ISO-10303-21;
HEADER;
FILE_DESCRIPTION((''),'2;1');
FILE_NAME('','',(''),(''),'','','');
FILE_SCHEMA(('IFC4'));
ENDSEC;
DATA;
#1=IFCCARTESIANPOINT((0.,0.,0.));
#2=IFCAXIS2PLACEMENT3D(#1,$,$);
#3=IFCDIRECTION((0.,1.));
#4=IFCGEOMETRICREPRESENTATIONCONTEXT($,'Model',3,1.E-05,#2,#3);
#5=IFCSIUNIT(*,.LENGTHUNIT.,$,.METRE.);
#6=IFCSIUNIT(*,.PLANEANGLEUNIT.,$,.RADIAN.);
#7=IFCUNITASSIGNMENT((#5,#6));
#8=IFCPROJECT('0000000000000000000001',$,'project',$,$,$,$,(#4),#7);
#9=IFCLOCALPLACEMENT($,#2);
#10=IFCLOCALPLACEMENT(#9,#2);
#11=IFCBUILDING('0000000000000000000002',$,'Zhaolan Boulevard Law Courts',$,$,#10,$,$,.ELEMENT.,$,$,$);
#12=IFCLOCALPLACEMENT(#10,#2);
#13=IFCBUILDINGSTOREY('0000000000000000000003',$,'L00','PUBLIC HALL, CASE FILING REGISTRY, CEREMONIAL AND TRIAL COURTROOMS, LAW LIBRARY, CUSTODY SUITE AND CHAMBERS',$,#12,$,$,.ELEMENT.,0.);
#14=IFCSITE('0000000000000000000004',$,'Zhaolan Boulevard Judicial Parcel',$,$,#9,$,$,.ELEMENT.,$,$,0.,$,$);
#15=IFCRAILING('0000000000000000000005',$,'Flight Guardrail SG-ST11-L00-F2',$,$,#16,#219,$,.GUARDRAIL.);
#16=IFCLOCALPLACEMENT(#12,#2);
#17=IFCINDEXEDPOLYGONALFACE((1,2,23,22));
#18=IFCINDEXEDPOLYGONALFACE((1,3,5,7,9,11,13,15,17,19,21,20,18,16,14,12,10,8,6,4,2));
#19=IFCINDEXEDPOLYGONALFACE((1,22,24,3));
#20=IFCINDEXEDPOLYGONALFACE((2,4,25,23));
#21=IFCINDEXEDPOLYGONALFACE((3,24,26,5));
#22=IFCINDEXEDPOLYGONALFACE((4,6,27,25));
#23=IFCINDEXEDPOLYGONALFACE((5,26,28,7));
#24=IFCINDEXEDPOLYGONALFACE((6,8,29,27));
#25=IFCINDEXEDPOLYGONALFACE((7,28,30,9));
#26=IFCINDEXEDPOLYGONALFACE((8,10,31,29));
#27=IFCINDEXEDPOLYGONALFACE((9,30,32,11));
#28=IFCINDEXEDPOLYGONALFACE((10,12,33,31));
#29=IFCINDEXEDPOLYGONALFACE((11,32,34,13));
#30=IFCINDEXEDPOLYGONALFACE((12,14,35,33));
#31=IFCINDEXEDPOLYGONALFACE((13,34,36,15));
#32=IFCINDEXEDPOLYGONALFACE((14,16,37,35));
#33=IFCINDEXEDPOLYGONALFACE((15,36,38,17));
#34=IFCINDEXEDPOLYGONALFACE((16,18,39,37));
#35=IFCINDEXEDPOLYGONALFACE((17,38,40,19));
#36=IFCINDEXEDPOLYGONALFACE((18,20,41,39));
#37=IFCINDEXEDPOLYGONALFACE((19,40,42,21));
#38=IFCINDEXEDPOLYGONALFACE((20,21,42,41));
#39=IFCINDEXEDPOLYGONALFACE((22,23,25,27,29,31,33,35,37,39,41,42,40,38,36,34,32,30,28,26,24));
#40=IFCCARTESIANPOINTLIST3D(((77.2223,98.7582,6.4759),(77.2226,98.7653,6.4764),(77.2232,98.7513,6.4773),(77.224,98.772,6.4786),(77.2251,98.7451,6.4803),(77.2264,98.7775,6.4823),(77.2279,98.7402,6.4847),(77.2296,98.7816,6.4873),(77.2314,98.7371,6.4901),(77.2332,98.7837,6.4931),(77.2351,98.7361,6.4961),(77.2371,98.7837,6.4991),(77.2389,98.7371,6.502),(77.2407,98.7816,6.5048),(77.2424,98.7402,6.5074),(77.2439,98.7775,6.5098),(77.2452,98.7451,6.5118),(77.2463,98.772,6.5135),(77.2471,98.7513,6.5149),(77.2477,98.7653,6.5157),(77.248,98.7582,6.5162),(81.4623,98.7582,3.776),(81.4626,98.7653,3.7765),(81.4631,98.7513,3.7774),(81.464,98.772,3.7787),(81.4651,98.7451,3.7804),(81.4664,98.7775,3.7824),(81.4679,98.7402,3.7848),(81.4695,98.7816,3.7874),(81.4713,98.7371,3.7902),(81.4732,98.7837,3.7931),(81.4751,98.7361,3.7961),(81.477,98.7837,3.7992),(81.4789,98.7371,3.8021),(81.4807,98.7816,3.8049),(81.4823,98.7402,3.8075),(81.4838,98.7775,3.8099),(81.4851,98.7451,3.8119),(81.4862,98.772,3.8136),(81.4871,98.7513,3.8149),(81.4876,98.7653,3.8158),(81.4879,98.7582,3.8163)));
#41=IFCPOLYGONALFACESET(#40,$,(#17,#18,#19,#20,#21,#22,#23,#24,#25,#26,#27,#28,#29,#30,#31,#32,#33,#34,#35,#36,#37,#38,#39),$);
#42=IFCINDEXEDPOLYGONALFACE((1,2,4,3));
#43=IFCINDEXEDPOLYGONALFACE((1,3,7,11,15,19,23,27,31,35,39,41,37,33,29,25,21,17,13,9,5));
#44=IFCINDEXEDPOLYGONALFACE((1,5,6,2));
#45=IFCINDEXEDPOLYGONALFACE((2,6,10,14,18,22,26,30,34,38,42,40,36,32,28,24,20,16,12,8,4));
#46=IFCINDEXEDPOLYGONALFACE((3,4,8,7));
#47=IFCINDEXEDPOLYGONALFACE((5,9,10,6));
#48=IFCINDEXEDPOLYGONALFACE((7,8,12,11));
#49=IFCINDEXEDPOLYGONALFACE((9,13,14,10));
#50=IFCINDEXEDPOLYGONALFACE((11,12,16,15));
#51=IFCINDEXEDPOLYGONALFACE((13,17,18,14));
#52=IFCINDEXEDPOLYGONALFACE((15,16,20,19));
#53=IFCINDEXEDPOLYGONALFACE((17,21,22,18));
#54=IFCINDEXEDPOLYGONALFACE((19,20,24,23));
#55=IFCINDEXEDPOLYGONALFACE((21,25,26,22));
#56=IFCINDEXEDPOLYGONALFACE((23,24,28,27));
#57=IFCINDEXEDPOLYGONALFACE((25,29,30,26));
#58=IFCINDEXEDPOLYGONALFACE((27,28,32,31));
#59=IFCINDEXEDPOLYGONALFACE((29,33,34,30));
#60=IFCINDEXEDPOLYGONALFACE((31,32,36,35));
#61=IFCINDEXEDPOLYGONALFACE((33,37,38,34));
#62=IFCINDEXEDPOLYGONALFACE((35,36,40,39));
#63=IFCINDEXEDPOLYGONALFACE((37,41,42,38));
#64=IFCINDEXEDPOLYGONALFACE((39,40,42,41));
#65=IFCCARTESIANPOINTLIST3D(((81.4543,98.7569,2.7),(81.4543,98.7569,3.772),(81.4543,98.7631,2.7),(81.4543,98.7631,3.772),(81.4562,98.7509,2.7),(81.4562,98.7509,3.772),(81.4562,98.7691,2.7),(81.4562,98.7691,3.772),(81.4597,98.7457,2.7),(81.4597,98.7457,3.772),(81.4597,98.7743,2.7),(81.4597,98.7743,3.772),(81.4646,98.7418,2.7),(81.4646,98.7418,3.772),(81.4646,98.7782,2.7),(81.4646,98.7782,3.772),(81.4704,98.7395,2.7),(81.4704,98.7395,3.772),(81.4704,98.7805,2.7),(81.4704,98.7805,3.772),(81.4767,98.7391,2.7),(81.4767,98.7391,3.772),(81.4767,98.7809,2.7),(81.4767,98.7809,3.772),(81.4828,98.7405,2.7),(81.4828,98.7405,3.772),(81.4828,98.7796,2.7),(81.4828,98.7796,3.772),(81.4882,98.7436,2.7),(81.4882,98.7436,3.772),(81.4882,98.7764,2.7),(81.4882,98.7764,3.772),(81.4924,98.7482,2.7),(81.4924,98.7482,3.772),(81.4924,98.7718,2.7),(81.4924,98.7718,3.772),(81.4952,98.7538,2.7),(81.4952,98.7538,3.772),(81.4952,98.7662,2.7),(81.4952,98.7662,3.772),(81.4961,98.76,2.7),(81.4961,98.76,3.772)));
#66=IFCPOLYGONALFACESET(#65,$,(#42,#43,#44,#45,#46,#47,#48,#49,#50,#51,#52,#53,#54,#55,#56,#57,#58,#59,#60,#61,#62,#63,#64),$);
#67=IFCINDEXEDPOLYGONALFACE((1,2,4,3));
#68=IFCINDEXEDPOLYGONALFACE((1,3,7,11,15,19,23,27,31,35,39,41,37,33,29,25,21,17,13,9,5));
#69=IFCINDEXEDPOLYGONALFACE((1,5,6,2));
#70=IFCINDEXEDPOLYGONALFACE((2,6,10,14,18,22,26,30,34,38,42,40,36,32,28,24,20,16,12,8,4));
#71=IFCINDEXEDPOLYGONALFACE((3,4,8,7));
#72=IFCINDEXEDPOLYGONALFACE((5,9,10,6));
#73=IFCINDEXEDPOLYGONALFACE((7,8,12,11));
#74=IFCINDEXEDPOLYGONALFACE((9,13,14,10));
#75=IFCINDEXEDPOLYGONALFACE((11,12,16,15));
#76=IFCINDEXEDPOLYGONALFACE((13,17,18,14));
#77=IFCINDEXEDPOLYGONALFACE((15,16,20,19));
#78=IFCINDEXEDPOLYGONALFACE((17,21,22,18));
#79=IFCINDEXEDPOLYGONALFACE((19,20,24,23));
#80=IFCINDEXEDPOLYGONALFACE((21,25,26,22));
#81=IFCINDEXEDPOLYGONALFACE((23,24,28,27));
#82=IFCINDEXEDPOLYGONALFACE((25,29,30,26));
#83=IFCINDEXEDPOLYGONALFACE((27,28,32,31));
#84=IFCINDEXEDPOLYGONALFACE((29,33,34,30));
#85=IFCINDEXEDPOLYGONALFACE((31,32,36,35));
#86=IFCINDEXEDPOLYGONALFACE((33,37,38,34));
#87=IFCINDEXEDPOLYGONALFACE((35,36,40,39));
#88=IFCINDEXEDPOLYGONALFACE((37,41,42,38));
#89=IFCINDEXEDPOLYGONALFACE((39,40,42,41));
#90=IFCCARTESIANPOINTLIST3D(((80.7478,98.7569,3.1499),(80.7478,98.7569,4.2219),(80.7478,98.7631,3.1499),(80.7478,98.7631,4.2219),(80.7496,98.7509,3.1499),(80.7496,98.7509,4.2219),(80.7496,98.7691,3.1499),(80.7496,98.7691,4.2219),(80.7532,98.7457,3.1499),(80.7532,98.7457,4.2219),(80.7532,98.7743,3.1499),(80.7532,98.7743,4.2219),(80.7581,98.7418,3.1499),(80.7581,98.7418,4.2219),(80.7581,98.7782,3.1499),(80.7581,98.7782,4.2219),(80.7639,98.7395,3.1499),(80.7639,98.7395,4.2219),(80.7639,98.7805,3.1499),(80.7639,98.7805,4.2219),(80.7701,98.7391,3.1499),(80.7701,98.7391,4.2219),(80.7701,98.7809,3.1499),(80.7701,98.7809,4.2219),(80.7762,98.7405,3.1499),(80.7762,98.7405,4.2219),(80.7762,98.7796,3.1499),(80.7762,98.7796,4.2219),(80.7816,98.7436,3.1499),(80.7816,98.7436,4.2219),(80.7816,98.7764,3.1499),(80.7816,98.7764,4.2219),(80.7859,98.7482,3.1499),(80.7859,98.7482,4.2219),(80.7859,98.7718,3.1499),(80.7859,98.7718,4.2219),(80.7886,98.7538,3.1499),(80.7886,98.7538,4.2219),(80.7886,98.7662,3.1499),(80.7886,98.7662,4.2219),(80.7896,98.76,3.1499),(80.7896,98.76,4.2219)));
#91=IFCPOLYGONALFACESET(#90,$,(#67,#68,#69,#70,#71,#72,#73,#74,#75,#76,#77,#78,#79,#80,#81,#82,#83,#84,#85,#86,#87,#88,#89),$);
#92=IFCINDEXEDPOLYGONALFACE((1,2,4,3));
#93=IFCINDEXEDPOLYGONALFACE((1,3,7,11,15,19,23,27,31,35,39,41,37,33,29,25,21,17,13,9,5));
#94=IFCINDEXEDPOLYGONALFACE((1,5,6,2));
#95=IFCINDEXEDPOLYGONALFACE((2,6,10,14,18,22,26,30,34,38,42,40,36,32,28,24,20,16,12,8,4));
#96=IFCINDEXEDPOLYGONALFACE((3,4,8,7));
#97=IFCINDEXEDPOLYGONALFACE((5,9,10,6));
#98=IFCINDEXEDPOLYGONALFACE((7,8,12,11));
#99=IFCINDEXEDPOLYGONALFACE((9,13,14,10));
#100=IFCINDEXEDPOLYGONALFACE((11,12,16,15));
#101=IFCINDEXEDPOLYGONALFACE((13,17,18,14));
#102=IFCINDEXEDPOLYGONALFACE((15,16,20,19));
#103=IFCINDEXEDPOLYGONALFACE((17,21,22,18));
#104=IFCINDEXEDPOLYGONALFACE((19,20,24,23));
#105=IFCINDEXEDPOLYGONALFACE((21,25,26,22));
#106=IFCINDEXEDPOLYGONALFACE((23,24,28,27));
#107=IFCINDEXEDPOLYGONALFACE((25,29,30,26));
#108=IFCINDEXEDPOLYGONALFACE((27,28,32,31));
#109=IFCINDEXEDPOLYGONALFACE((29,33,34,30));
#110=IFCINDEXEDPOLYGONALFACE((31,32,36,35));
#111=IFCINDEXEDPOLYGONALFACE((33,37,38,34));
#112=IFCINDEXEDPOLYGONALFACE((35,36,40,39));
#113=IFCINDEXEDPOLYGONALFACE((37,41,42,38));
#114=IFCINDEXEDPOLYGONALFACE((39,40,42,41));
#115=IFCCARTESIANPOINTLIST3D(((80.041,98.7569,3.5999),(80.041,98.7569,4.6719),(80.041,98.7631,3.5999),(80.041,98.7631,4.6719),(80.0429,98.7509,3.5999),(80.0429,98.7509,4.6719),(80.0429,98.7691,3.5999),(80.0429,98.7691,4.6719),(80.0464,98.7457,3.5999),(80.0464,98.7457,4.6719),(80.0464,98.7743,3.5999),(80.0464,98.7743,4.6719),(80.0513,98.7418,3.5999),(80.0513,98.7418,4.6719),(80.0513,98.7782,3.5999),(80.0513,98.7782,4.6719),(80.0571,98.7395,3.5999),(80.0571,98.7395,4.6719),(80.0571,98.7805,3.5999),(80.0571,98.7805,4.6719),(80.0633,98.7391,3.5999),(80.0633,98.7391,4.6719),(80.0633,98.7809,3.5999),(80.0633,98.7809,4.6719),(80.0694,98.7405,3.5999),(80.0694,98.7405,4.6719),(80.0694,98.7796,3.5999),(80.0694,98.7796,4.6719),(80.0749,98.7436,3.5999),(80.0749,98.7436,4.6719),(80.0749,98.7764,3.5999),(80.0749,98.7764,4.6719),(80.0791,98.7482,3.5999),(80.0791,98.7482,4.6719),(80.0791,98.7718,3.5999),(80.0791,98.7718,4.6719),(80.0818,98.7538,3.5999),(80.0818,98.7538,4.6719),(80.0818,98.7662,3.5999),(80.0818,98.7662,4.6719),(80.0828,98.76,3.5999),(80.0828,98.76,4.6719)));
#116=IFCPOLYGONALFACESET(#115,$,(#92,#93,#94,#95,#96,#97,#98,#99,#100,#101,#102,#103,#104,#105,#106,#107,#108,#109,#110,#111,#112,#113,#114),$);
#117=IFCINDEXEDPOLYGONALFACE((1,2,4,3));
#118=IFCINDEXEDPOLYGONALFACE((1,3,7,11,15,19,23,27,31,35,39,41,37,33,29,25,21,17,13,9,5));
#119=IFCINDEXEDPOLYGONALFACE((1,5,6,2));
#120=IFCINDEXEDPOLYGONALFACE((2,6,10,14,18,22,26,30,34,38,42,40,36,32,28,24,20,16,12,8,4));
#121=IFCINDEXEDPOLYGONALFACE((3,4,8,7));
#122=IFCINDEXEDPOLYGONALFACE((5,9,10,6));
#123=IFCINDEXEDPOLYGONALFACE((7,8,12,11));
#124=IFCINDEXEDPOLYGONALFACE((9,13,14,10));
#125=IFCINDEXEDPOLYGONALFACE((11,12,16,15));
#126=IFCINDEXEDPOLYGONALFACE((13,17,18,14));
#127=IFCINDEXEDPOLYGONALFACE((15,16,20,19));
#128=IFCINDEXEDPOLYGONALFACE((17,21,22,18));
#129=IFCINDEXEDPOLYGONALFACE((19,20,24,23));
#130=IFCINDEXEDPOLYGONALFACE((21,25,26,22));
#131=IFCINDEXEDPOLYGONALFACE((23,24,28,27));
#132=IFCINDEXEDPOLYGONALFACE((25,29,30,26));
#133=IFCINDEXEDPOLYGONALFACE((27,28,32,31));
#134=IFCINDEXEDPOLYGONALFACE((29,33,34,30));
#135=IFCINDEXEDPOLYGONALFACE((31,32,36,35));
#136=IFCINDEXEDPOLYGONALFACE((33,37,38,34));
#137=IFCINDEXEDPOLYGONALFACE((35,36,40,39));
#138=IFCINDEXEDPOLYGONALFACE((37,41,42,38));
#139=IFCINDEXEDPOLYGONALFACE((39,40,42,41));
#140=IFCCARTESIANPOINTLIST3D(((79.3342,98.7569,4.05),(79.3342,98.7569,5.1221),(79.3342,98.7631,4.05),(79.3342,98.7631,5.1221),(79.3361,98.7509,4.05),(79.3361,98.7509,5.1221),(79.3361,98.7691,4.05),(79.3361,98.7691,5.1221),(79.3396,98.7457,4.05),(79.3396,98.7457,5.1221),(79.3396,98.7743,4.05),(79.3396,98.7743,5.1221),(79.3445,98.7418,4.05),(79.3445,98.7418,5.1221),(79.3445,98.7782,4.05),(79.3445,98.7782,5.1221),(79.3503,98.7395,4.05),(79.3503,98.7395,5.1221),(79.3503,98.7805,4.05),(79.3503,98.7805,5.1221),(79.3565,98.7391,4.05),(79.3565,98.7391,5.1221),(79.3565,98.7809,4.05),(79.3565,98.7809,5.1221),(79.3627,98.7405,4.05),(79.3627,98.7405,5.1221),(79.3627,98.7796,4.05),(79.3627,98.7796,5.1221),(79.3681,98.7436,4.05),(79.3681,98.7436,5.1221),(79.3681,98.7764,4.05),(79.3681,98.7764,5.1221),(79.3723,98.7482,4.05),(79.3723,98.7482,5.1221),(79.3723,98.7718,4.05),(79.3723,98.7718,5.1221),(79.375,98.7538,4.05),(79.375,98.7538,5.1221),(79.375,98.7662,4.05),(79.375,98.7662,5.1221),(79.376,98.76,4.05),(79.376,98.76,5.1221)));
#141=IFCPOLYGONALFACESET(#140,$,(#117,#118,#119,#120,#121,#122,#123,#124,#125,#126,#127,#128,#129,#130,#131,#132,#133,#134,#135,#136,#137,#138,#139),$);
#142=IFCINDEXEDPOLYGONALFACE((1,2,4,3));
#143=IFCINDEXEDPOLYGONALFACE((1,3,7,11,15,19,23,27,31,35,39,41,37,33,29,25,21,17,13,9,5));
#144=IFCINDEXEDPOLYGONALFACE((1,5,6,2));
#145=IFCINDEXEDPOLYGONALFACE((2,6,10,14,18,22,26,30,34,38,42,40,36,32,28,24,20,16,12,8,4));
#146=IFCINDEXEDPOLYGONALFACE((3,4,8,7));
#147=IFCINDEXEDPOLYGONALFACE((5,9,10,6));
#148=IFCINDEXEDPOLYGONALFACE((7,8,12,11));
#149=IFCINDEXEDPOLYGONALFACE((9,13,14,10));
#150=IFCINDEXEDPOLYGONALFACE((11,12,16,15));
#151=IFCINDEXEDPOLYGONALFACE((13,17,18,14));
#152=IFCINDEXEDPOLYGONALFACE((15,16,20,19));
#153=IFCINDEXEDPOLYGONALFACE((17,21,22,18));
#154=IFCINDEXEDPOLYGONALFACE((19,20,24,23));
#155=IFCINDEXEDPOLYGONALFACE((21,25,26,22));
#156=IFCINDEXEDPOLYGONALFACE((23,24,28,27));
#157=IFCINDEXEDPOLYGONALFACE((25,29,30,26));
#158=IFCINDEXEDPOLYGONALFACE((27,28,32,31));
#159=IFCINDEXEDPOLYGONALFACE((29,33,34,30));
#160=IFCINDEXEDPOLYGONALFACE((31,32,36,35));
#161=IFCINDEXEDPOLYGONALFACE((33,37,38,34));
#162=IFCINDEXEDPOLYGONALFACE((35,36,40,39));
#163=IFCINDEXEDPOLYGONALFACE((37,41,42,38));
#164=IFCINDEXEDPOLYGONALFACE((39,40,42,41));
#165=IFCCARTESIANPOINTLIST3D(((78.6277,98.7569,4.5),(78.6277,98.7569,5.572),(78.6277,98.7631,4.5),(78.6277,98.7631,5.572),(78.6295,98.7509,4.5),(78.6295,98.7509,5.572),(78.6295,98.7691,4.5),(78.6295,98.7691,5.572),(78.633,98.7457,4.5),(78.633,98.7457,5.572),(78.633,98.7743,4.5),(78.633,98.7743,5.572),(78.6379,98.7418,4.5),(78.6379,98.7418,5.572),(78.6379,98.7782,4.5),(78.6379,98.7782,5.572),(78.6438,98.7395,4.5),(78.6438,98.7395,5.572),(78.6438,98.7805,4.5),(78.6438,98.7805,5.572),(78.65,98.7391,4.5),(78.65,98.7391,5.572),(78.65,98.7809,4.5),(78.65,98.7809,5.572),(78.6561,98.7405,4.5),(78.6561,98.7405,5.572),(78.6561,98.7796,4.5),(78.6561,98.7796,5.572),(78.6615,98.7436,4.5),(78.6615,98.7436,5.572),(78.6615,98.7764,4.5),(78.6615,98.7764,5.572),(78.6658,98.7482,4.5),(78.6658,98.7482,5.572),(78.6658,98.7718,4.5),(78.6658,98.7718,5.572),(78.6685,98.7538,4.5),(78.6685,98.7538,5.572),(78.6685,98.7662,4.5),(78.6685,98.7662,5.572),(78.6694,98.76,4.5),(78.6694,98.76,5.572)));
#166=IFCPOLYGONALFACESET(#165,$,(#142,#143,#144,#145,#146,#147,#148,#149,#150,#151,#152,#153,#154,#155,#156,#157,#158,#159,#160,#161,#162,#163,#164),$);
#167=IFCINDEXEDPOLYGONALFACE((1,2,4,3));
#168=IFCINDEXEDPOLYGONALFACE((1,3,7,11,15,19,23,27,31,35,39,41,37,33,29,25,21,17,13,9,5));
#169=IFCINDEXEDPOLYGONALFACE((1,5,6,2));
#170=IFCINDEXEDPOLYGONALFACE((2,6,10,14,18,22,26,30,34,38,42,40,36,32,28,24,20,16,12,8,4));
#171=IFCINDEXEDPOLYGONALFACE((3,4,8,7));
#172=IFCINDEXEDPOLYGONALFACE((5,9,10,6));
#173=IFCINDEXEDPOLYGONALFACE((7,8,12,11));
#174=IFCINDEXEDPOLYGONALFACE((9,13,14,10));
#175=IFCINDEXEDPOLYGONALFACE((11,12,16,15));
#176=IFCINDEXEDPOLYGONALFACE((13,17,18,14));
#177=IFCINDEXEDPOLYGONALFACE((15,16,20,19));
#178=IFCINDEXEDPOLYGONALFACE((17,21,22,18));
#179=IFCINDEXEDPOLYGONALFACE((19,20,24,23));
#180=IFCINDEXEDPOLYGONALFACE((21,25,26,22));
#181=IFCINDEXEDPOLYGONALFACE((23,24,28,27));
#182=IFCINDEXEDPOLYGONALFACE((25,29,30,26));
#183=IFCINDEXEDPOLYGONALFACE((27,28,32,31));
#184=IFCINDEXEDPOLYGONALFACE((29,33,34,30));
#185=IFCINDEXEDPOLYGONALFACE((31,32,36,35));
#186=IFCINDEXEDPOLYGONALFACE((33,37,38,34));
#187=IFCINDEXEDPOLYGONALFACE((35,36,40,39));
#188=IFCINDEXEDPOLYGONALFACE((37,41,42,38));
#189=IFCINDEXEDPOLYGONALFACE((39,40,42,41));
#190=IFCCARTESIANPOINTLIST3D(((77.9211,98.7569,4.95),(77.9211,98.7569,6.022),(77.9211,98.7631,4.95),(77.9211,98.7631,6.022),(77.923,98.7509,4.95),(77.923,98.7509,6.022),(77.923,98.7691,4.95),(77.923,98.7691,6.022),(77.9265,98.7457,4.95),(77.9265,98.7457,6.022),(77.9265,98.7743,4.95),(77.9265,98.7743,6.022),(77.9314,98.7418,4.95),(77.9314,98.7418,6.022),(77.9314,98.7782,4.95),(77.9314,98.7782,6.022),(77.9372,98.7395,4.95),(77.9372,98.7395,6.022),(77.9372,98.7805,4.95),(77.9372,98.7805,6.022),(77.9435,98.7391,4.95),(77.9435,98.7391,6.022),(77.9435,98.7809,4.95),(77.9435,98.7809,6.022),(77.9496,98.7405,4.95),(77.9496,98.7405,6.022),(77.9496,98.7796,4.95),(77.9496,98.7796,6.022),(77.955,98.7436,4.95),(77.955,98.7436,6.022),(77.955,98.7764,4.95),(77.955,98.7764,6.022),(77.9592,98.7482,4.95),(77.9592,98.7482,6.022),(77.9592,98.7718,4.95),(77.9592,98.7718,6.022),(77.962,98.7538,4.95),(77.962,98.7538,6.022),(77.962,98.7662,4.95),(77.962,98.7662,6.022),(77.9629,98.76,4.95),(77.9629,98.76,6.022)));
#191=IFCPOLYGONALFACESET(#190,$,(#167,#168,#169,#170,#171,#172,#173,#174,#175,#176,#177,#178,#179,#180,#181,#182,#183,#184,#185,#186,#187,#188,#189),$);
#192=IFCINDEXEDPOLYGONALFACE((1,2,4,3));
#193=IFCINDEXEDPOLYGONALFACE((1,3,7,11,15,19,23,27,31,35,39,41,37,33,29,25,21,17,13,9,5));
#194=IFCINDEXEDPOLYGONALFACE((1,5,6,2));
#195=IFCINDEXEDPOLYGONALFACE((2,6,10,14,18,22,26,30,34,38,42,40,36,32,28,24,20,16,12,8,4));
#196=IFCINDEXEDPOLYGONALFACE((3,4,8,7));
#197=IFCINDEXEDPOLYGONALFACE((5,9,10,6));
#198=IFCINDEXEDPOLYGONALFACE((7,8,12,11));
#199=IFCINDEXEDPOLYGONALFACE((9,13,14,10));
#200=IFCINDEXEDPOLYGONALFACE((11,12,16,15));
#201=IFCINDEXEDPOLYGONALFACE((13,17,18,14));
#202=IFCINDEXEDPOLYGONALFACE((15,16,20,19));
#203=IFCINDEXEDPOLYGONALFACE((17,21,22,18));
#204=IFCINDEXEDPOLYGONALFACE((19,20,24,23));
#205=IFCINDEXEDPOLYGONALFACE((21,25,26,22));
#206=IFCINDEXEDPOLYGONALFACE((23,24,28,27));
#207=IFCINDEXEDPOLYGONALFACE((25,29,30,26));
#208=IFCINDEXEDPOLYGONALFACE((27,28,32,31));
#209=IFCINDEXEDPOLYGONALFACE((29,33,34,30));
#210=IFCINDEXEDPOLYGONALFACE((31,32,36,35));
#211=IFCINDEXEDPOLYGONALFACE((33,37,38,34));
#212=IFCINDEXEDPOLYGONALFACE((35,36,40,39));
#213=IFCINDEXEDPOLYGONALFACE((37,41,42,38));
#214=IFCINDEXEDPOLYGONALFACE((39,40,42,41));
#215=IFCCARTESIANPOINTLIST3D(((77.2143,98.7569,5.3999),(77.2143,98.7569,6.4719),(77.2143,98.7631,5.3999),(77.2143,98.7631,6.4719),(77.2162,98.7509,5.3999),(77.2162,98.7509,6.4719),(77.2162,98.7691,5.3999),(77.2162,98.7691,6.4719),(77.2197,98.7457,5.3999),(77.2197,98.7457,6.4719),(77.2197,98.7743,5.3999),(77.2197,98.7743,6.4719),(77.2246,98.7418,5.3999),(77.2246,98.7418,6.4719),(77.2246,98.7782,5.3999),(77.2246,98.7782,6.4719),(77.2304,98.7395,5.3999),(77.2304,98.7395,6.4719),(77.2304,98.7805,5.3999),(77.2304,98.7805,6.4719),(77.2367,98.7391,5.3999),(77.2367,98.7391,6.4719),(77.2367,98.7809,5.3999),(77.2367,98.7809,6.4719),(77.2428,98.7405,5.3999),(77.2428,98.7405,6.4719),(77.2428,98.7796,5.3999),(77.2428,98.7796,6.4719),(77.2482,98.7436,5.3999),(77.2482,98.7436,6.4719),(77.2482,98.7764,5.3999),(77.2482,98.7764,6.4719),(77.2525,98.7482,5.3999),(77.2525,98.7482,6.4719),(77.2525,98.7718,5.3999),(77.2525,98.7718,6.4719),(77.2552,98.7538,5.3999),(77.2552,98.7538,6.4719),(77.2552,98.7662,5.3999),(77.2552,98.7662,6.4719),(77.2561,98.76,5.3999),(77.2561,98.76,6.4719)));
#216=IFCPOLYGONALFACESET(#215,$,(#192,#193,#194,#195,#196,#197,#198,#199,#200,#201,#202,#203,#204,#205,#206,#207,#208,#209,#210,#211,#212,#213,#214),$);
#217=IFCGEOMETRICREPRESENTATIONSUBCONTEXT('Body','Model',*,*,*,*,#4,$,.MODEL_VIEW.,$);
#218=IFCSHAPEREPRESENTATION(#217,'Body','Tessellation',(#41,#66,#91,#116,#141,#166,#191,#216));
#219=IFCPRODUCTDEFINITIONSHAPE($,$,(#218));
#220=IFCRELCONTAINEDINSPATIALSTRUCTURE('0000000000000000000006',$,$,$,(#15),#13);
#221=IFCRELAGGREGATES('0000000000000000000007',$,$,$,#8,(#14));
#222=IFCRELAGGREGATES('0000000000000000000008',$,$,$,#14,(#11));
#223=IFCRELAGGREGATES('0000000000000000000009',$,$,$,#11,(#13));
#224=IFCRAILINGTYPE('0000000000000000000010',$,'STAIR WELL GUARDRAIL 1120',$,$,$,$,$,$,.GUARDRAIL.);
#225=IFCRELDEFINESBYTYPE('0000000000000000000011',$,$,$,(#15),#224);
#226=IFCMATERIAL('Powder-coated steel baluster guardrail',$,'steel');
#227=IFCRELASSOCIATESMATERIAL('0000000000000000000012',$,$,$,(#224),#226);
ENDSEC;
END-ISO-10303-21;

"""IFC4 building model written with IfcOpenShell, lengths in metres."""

from ifc_helpers import new_model, si_unit, direction, frame, origin, origin_2d, place, context, subcontext, project, spatial, circle, extrude, material, type_object, element, save


model = new_model("IFC4")

# Units and contexts
model_context = context("Model", 3, precision=1e-05, world=origin(), true_north=direction((0.0, 1.0)))
body_context = subcontext(model_context, "Body", "Model", "MODEL_VIEW")
ifc_project = project(units=[si_unit("LENGTHUNIT", "METRE"), si_unit("PLANEANGLEUNIT", "RADIAN")], contexts=[model_context])

# Site, building, storey
site_placement = place(None, origin())
site = spatial("IfcSite", under=ifc_project, at=site_placement, Name="Zhaolan Boulevard Judicial Parcel", CompositionType="ELEMENT", RefElevation=0.0)
building_placement = place(site_placement, origin())
building = spatial("IfcBuilding", under=site, at=building_placement, Name="Zhaolan Boulevard Law Courts", CompositionType="ELEMENT")
storey_placement = place(building_placement, origin())
storey = spatial("IfcBuildingStorey", under=building, at=storey_placement, Name="L00", Description="PUBLIC HALL, CASE FILING REGISTRY, CEREMONIAL AND TRIAL COURTROOMS, LAW LIBRARY, CUSTODY SUITE AND CHAMBERS", CompositionType="ELEMENT", Elevation=0.0)

# Railing
ifc_material_1 = material(Name="Powder-coated steel baluster guardrail", Category="steel")
railing_type_1 = type_object("IfcRailingType", Name="STAIR WELL GUARDRAIL 1120", PredefinedType="GUARDRAIL", material=ifc_material_1)
railing_1_placement = place(storey_placement, frame((81.4751, 98.76, 2.7)))
element("IfcRailing", 1, at=railing_1_placement, inside=storey, type_object=railing_type_1, Name="Flight Guardrail SG-ST11-L00-F2", PredefinedType="GUARDRAIL", context=body_context, shape_type="SweptSolid", body=[
    extrude(circle(Radius=0.0239, at=origin_2d()), frame((0.0, 0.0, 1.0962), z_axis=(-0.843501, 0.0, 0.537127), x_axis=(0.0, -1.0, 0.0)), (0.0, 0.0, 1.0), 5.0266),
    extrude(circle(Radius=0.021, at=origin_2d()), origin(), (0.0, 0.0, 1.0), 1.072),
    extrude(circle(Radius=0.021, at=origin_2d()), frame((-0.7065, 0.0, 0.45)), (0.0, 0.0, 1.0), 1.072),
    extrude(circle(Radius=0.021, at=origin_2d()), frame((-1.4133, 0.0, 0.8999)), (0.0, 0.0, 1.0), 1.072),
    extrude(circle(Radius=0.021, at=origin_2d()), frame((-2.1201, 0.0, 1.3501)), (0.0, 0.0, 1.0), 1.072),
    extrude(circle(Radius=0.021, at=origin_2d()), frame((-2.8267, 0.0, 1.8)), (0.0, 0.0, 1.0), 1.072),
    extrude(circle(Radius=0.021, at=origin_2d()), frame((-3.5332, 0.0, 2.25)), (0.0, 0.0, 1.0), 1.072),
    extrude(circle(Radius=0.021, at=origin_2d()), frame((-4.24, 0.0, 2.7)), (0.0, 0.0, 1.0), 1.072),
])

save(model, "model.ifc")
